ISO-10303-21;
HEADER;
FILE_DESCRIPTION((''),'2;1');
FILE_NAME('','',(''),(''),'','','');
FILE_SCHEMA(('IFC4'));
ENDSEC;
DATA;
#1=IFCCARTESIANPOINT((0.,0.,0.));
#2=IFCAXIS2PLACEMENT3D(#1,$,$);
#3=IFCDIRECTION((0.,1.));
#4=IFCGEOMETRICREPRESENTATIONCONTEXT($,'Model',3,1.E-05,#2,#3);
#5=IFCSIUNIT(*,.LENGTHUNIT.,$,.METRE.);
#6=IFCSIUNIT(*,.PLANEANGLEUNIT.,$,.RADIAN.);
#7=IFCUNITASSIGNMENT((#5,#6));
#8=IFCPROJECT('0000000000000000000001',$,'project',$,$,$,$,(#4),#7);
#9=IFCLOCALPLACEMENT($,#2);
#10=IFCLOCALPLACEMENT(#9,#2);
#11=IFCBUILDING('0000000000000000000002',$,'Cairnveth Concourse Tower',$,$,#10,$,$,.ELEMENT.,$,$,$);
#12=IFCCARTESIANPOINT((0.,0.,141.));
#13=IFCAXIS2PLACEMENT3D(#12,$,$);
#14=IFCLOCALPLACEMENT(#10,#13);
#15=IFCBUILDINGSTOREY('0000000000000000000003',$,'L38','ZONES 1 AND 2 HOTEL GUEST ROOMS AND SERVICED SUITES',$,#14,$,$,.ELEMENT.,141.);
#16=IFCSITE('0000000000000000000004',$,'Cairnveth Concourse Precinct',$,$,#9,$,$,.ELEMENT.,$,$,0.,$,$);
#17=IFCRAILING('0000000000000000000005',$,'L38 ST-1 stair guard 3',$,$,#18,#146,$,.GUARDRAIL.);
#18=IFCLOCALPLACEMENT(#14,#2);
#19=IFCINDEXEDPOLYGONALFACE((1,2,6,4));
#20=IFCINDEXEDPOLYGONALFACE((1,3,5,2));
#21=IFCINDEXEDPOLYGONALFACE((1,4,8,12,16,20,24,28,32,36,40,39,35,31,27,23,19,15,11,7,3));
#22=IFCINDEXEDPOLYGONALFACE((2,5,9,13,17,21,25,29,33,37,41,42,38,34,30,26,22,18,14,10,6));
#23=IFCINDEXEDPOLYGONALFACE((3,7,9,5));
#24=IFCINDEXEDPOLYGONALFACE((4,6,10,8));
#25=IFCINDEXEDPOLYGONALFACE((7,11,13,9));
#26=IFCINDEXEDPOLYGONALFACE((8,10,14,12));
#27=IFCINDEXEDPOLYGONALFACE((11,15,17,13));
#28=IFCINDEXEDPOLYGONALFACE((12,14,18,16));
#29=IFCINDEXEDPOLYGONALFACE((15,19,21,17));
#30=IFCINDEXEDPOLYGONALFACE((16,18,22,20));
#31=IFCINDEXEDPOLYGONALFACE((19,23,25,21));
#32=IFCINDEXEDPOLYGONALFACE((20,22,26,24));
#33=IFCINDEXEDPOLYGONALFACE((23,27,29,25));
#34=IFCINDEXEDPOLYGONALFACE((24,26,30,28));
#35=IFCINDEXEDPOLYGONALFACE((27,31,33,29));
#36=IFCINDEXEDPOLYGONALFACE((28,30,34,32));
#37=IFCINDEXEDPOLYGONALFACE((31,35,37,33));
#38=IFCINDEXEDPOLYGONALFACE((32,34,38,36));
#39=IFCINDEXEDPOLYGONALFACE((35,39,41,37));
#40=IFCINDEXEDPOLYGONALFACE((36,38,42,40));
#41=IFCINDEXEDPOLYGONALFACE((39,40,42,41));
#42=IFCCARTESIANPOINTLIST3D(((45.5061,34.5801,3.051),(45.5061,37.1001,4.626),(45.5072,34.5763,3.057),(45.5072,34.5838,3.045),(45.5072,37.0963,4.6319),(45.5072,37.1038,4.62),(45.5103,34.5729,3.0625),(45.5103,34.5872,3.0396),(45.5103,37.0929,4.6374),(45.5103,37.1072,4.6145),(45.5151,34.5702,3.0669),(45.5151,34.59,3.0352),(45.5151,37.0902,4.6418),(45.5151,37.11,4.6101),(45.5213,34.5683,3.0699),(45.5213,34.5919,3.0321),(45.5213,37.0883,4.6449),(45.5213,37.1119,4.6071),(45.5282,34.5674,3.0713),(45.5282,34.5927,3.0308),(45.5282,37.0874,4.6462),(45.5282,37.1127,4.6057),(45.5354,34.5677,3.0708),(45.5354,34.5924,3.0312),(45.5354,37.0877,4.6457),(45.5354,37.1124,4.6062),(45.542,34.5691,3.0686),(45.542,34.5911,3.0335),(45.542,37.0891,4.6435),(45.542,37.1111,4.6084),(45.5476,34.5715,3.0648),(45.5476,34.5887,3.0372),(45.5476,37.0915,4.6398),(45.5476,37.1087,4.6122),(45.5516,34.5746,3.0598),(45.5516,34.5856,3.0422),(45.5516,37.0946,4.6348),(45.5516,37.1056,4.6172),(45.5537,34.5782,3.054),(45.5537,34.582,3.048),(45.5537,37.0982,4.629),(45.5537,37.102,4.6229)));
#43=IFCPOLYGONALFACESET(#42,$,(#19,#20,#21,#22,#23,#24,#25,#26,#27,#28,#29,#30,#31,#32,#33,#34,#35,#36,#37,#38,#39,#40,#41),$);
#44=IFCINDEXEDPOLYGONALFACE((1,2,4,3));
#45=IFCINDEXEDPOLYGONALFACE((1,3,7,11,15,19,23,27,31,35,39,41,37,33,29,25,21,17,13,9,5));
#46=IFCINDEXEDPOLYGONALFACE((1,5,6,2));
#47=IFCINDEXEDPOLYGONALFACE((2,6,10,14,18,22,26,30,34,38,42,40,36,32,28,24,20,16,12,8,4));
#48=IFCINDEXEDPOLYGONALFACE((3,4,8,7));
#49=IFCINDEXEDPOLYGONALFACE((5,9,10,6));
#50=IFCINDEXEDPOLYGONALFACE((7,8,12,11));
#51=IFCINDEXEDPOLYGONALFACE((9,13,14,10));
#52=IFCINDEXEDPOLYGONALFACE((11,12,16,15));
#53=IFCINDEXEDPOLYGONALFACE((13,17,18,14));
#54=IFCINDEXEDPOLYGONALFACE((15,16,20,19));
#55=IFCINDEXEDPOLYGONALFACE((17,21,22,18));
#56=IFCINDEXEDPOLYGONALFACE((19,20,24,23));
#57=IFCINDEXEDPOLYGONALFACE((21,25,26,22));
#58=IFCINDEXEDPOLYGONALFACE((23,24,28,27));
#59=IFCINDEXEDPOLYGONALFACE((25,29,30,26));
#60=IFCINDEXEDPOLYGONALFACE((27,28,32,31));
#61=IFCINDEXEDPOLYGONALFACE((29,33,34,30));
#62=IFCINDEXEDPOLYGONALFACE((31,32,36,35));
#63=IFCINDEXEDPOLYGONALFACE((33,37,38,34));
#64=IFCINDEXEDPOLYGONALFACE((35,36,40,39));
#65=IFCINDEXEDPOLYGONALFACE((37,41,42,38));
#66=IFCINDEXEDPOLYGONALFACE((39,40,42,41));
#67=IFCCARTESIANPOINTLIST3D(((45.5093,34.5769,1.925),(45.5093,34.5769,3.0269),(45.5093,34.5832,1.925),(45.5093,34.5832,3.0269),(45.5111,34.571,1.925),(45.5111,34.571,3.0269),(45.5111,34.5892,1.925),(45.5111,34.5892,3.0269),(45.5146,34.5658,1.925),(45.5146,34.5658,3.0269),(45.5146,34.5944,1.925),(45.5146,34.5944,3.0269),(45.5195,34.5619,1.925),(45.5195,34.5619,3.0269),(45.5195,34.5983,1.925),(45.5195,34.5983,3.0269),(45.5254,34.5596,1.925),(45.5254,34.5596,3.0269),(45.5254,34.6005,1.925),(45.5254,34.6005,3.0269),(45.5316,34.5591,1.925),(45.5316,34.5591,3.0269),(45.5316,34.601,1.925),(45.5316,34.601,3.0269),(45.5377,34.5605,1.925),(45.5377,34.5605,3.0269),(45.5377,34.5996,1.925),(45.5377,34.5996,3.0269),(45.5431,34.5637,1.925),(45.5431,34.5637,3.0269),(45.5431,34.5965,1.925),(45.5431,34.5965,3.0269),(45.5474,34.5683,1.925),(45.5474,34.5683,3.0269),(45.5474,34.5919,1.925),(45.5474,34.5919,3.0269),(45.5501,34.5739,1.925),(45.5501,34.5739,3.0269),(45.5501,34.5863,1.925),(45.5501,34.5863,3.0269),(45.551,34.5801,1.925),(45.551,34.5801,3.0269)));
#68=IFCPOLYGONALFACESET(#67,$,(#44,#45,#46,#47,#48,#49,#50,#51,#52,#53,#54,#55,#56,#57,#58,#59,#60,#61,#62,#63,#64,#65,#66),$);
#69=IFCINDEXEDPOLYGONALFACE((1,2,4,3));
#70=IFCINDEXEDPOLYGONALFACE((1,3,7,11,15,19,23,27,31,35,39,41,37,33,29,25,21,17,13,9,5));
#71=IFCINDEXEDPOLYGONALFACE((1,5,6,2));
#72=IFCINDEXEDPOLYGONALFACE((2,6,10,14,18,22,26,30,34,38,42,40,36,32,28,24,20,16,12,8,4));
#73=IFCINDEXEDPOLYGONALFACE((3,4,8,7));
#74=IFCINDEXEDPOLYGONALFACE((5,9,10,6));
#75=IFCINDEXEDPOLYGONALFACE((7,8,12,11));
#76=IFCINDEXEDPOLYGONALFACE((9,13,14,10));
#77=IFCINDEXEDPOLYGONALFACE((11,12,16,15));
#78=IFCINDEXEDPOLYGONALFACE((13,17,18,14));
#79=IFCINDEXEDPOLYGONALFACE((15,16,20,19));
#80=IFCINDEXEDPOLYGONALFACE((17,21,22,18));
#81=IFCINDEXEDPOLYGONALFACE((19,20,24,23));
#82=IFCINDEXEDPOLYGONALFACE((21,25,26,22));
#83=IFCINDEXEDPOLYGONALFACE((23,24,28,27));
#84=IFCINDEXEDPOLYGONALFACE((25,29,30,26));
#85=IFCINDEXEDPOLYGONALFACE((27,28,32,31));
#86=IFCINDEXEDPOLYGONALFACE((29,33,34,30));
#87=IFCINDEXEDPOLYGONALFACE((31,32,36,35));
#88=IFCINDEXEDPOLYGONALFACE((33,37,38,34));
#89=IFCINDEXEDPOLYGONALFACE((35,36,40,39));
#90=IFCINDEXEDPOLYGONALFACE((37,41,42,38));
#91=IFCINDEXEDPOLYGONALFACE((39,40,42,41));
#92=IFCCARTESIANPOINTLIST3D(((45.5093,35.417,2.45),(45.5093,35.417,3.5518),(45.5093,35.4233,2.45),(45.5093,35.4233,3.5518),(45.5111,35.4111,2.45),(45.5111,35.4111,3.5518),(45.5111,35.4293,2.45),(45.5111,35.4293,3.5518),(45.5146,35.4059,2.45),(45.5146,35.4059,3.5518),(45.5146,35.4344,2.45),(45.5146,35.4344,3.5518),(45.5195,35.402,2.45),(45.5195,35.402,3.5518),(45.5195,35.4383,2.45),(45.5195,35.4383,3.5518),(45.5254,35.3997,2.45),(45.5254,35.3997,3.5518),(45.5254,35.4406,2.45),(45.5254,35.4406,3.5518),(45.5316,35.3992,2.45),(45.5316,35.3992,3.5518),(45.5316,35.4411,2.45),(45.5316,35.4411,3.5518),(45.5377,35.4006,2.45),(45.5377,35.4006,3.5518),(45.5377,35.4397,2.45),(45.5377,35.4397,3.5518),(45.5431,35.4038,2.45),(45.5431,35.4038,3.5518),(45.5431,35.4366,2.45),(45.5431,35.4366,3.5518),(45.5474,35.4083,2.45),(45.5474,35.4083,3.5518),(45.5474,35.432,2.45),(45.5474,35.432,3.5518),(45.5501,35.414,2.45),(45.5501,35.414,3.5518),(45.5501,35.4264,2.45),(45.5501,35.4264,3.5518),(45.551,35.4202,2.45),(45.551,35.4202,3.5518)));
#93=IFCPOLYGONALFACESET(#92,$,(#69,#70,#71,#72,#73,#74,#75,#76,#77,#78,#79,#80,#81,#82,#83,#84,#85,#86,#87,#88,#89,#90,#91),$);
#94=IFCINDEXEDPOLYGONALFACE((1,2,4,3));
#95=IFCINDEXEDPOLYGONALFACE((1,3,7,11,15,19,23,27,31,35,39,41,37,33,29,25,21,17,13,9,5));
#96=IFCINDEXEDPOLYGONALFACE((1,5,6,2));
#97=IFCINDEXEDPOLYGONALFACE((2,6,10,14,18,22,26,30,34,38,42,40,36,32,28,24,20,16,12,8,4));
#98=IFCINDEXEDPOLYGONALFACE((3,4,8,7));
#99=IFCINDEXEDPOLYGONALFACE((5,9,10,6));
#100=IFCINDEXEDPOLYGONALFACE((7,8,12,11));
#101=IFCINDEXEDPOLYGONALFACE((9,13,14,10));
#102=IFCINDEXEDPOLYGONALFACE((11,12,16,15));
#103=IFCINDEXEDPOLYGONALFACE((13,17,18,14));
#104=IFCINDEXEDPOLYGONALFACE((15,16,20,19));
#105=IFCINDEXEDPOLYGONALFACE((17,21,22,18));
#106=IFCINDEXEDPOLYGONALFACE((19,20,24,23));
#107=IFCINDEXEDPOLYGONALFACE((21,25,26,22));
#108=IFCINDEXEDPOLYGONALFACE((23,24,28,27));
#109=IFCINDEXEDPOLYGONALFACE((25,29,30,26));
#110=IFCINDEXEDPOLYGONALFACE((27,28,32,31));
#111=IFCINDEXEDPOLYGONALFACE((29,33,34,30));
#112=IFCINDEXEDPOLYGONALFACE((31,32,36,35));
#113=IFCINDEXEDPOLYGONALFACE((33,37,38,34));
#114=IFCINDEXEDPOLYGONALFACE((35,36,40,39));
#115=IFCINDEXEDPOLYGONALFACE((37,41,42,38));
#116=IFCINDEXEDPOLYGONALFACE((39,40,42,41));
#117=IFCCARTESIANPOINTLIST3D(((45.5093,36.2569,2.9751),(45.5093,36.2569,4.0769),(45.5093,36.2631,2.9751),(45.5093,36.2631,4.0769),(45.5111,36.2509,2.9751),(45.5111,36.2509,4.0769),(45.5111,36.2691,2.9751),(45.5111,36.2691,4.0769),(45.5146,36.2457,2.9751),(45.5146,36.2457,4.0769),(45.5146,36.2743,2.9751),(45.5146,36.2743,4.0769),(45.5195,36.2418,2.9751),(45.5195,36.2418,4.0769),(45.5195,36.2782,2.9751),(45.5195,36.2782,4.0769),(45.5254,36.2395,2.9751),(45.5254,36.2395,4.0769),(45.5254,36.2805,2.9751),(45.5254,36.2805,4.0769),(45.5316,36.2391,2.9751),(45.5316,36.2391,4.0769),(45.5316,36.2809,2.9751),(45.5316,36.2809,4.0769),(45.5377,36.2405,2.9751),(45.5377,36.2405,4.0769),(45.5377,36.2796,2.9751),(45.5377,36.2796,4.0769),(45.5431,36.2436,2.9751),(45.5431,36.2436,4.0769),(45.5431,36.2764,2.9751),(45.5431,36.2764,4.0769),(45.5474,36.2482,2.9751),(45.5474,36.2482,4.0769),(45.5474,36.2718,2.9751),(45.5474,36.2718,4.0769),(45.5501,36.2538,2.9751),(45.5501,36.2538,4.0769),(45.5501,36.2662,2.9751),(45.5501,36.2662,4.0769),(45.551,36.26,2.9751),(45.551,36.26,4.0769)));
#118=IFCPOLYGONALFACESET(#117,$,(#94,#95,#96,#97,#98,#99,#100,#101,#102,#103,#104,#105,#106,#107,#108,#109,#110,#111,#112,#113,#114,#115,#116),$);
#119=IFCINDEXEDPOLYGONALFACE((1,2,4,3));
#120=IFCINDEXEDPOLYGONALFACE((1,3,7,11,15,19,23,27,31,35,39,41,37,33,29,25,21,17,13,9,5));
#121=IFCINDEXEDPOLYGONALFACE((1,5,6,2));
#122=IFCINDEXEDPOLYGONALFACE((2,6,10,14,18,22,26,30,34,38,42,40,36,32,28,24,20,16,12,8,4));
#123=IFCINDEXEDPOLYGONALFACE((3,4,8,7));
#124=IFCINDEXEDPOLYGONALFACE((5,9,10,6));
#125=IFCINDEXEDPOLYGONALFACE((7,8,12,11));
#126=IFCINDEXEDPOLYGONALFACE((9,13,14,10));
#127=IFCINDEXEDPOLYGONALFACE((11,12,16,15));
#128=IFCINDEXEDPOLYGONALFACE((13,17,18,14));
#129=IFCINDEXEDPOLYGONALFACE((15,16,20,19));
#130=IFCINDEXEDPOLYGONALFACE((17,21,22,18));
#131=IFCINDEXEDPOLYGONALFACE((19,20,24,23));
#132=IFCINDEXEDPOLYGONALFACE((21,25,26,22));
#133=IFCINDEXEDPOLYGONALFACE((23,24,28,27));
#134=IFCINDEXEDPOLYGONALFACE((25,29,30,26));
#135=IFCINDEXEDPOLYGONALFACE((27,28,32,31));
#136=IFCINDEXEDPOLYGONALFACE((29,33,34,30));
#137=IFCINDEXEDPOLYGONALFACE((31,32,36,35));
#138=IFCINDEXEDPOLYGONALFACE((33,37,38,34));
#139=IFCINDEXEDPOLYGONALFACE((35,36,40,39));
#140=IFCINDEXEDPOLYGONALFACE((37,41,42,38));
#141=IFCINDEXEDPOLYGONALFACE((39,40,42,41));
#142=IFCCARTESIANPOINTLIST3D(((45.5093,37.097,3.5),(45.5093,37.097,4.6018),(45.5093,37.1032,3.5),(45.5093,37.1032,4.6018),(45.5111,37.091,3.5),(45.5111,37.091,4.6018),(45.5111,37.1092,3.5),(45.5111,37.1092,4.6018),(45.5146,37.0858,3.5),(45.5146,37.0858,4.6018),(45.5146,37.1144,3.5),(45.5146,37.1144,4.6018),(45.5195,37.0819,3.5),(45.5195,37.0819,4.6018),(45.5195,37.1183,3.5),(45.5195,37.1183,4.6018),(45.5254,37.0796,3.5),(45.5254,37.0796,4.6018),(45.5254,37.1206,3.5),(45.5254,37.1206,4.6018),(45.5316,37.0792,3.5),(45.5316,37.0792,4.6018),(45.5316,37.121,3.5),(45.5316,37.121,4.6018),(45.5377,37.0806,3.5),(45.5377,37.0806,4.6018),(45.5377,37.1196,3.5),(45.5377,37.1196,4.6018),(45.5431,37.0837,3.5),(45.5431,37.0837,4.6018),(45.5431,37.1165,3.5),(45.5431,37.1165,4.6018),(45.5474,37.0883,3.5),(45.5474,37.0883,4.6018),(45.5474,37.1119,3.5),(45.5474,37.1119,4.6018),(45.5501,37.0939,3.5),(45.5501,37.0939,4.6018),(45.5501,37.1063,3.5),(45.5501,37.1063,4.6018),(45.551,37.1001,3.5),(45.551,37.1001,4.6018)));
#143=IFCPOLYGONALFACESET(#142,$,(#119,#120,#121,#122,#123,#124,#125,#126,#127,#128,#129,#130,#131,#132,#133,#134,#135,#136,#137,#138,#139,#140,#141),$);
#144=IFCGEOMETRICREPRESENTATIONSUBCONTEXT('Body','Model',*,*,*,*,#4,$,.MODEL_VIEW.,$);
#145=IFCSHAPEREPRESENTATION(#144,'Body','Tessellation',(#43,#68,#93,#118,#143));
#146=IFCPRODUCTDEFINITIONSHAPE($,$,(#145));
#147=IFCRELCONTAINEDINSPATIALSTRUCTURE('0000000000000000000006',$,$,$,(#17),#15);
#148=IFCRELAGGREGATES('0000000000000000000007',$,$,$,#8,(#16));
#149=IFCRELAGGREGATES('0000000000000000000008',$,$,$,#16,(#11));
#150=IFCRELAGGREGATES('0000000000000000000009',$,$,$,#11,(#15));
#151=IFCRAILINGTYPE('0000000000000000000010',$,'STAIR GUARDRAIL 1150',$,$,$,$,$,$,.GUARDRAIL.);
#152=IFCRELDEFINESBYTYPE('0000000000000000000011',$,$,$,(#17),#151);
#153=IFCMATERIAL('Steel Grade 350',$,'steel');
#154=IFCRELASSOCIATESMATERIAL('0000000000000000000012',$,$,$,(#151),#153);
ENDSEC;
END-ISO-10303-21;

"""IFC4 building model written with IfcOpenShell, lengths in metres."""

from ifc_helpers import new_model, si_unit, direction, frame, origin, origin_2d, place, context, subcontext, project, spatial, circle, extrude, material, type_object, element, save


model = new_model("IFC4")

# Units and contexts
model_context = context("Model", 3, precision=1e-05, world=origin(), true_north=direction((0.0, 1.0)))
body_context = subcontext(model_context, "Body", "Model", "MODEL_VIEW")
ifc_project = project(units=[si_unit("LENGTHUNIT", "METRE"), si_unit("PLANEANGLEUNIT", "RADIAN")], contexts=[model_context])

# Site, building, storey
site_placement = place(None, origin())
site = spatial("IfcSite", under=ifc_project, at=site_placement, Name="Cairnveth Concourse Precinct", CompositionType="ELEMENT", RefElevation=0.0)
building_placement = place(site_placement, origin())
building = spatial("IfcBuilding", under=site, at=building_placement, Name="Cairnveth Concourse Tower", CompositionType="ELEMENT")
storey_placement = place(building_placement, frame((0.0, 0.0, 141.0)))
storey = spatial("IfcBuildingStorey", under=building, at=storey_placement, Name="L38", Description="ZONES 1 AND 2 HOTEL GUEST ROOMS AND SERVICED SUITES", CompositionType="ELEMENT", Elevation=141.0)

# Shared definitions
ifc_material_1 = material(Name="Steel Grade 350", Category="steel")

# Railing
railing_type_1 = type_object("IfcRailingType", Name="STAIR GUARDRAIL 1150", PredefinedType="GUARDRAIL", material=ifc_material_1)
railing_1_placement = place(storey_placement, frame((45.53, 34.5801, 1.925)))
element("IfcRailing", 1, at=railing_1_placement, inside=storey, type_object=railing_type_1, Name="L38 ST-1 stair guard 3", PredefinedType="GUARDRAIL", context=body_context, shape_type="SweptSolid", body=[
    extrude(circle(Radius=0.0239, at=origin_2d()), frame((0.0, 0.0, 1.126), z_axis=(0.0, 0.848008, 0.529984), x_axis=(-1.0, 0.0, 0.0)), (0.0, 0.0, 1.0), 2.9717),
    extrude(circle(Radius=0.021, at=origin_2d()), origin(), (0.0, 0.0, 1.0), 1.1018),
    extrude(circle(Radius=0.021, at=origin_2d()), frame((0.0, 0.8401, 0.5249)), (0.0, 0.0, 1.0), 1.1018),
    extrude(circle(Radius=0.021, at=origin_2d()), frame((0.0, 1.6799, 1.05)), (0.0, 0.0, 1.0), 1.1018),
    extrude(circle(Radius=0.021, at=origin_2d()), frame((0.0, 2.52, 1.575)), (0.0, 0.0, 1.0), 1.1018),
])

save(model, "model.ifc")
